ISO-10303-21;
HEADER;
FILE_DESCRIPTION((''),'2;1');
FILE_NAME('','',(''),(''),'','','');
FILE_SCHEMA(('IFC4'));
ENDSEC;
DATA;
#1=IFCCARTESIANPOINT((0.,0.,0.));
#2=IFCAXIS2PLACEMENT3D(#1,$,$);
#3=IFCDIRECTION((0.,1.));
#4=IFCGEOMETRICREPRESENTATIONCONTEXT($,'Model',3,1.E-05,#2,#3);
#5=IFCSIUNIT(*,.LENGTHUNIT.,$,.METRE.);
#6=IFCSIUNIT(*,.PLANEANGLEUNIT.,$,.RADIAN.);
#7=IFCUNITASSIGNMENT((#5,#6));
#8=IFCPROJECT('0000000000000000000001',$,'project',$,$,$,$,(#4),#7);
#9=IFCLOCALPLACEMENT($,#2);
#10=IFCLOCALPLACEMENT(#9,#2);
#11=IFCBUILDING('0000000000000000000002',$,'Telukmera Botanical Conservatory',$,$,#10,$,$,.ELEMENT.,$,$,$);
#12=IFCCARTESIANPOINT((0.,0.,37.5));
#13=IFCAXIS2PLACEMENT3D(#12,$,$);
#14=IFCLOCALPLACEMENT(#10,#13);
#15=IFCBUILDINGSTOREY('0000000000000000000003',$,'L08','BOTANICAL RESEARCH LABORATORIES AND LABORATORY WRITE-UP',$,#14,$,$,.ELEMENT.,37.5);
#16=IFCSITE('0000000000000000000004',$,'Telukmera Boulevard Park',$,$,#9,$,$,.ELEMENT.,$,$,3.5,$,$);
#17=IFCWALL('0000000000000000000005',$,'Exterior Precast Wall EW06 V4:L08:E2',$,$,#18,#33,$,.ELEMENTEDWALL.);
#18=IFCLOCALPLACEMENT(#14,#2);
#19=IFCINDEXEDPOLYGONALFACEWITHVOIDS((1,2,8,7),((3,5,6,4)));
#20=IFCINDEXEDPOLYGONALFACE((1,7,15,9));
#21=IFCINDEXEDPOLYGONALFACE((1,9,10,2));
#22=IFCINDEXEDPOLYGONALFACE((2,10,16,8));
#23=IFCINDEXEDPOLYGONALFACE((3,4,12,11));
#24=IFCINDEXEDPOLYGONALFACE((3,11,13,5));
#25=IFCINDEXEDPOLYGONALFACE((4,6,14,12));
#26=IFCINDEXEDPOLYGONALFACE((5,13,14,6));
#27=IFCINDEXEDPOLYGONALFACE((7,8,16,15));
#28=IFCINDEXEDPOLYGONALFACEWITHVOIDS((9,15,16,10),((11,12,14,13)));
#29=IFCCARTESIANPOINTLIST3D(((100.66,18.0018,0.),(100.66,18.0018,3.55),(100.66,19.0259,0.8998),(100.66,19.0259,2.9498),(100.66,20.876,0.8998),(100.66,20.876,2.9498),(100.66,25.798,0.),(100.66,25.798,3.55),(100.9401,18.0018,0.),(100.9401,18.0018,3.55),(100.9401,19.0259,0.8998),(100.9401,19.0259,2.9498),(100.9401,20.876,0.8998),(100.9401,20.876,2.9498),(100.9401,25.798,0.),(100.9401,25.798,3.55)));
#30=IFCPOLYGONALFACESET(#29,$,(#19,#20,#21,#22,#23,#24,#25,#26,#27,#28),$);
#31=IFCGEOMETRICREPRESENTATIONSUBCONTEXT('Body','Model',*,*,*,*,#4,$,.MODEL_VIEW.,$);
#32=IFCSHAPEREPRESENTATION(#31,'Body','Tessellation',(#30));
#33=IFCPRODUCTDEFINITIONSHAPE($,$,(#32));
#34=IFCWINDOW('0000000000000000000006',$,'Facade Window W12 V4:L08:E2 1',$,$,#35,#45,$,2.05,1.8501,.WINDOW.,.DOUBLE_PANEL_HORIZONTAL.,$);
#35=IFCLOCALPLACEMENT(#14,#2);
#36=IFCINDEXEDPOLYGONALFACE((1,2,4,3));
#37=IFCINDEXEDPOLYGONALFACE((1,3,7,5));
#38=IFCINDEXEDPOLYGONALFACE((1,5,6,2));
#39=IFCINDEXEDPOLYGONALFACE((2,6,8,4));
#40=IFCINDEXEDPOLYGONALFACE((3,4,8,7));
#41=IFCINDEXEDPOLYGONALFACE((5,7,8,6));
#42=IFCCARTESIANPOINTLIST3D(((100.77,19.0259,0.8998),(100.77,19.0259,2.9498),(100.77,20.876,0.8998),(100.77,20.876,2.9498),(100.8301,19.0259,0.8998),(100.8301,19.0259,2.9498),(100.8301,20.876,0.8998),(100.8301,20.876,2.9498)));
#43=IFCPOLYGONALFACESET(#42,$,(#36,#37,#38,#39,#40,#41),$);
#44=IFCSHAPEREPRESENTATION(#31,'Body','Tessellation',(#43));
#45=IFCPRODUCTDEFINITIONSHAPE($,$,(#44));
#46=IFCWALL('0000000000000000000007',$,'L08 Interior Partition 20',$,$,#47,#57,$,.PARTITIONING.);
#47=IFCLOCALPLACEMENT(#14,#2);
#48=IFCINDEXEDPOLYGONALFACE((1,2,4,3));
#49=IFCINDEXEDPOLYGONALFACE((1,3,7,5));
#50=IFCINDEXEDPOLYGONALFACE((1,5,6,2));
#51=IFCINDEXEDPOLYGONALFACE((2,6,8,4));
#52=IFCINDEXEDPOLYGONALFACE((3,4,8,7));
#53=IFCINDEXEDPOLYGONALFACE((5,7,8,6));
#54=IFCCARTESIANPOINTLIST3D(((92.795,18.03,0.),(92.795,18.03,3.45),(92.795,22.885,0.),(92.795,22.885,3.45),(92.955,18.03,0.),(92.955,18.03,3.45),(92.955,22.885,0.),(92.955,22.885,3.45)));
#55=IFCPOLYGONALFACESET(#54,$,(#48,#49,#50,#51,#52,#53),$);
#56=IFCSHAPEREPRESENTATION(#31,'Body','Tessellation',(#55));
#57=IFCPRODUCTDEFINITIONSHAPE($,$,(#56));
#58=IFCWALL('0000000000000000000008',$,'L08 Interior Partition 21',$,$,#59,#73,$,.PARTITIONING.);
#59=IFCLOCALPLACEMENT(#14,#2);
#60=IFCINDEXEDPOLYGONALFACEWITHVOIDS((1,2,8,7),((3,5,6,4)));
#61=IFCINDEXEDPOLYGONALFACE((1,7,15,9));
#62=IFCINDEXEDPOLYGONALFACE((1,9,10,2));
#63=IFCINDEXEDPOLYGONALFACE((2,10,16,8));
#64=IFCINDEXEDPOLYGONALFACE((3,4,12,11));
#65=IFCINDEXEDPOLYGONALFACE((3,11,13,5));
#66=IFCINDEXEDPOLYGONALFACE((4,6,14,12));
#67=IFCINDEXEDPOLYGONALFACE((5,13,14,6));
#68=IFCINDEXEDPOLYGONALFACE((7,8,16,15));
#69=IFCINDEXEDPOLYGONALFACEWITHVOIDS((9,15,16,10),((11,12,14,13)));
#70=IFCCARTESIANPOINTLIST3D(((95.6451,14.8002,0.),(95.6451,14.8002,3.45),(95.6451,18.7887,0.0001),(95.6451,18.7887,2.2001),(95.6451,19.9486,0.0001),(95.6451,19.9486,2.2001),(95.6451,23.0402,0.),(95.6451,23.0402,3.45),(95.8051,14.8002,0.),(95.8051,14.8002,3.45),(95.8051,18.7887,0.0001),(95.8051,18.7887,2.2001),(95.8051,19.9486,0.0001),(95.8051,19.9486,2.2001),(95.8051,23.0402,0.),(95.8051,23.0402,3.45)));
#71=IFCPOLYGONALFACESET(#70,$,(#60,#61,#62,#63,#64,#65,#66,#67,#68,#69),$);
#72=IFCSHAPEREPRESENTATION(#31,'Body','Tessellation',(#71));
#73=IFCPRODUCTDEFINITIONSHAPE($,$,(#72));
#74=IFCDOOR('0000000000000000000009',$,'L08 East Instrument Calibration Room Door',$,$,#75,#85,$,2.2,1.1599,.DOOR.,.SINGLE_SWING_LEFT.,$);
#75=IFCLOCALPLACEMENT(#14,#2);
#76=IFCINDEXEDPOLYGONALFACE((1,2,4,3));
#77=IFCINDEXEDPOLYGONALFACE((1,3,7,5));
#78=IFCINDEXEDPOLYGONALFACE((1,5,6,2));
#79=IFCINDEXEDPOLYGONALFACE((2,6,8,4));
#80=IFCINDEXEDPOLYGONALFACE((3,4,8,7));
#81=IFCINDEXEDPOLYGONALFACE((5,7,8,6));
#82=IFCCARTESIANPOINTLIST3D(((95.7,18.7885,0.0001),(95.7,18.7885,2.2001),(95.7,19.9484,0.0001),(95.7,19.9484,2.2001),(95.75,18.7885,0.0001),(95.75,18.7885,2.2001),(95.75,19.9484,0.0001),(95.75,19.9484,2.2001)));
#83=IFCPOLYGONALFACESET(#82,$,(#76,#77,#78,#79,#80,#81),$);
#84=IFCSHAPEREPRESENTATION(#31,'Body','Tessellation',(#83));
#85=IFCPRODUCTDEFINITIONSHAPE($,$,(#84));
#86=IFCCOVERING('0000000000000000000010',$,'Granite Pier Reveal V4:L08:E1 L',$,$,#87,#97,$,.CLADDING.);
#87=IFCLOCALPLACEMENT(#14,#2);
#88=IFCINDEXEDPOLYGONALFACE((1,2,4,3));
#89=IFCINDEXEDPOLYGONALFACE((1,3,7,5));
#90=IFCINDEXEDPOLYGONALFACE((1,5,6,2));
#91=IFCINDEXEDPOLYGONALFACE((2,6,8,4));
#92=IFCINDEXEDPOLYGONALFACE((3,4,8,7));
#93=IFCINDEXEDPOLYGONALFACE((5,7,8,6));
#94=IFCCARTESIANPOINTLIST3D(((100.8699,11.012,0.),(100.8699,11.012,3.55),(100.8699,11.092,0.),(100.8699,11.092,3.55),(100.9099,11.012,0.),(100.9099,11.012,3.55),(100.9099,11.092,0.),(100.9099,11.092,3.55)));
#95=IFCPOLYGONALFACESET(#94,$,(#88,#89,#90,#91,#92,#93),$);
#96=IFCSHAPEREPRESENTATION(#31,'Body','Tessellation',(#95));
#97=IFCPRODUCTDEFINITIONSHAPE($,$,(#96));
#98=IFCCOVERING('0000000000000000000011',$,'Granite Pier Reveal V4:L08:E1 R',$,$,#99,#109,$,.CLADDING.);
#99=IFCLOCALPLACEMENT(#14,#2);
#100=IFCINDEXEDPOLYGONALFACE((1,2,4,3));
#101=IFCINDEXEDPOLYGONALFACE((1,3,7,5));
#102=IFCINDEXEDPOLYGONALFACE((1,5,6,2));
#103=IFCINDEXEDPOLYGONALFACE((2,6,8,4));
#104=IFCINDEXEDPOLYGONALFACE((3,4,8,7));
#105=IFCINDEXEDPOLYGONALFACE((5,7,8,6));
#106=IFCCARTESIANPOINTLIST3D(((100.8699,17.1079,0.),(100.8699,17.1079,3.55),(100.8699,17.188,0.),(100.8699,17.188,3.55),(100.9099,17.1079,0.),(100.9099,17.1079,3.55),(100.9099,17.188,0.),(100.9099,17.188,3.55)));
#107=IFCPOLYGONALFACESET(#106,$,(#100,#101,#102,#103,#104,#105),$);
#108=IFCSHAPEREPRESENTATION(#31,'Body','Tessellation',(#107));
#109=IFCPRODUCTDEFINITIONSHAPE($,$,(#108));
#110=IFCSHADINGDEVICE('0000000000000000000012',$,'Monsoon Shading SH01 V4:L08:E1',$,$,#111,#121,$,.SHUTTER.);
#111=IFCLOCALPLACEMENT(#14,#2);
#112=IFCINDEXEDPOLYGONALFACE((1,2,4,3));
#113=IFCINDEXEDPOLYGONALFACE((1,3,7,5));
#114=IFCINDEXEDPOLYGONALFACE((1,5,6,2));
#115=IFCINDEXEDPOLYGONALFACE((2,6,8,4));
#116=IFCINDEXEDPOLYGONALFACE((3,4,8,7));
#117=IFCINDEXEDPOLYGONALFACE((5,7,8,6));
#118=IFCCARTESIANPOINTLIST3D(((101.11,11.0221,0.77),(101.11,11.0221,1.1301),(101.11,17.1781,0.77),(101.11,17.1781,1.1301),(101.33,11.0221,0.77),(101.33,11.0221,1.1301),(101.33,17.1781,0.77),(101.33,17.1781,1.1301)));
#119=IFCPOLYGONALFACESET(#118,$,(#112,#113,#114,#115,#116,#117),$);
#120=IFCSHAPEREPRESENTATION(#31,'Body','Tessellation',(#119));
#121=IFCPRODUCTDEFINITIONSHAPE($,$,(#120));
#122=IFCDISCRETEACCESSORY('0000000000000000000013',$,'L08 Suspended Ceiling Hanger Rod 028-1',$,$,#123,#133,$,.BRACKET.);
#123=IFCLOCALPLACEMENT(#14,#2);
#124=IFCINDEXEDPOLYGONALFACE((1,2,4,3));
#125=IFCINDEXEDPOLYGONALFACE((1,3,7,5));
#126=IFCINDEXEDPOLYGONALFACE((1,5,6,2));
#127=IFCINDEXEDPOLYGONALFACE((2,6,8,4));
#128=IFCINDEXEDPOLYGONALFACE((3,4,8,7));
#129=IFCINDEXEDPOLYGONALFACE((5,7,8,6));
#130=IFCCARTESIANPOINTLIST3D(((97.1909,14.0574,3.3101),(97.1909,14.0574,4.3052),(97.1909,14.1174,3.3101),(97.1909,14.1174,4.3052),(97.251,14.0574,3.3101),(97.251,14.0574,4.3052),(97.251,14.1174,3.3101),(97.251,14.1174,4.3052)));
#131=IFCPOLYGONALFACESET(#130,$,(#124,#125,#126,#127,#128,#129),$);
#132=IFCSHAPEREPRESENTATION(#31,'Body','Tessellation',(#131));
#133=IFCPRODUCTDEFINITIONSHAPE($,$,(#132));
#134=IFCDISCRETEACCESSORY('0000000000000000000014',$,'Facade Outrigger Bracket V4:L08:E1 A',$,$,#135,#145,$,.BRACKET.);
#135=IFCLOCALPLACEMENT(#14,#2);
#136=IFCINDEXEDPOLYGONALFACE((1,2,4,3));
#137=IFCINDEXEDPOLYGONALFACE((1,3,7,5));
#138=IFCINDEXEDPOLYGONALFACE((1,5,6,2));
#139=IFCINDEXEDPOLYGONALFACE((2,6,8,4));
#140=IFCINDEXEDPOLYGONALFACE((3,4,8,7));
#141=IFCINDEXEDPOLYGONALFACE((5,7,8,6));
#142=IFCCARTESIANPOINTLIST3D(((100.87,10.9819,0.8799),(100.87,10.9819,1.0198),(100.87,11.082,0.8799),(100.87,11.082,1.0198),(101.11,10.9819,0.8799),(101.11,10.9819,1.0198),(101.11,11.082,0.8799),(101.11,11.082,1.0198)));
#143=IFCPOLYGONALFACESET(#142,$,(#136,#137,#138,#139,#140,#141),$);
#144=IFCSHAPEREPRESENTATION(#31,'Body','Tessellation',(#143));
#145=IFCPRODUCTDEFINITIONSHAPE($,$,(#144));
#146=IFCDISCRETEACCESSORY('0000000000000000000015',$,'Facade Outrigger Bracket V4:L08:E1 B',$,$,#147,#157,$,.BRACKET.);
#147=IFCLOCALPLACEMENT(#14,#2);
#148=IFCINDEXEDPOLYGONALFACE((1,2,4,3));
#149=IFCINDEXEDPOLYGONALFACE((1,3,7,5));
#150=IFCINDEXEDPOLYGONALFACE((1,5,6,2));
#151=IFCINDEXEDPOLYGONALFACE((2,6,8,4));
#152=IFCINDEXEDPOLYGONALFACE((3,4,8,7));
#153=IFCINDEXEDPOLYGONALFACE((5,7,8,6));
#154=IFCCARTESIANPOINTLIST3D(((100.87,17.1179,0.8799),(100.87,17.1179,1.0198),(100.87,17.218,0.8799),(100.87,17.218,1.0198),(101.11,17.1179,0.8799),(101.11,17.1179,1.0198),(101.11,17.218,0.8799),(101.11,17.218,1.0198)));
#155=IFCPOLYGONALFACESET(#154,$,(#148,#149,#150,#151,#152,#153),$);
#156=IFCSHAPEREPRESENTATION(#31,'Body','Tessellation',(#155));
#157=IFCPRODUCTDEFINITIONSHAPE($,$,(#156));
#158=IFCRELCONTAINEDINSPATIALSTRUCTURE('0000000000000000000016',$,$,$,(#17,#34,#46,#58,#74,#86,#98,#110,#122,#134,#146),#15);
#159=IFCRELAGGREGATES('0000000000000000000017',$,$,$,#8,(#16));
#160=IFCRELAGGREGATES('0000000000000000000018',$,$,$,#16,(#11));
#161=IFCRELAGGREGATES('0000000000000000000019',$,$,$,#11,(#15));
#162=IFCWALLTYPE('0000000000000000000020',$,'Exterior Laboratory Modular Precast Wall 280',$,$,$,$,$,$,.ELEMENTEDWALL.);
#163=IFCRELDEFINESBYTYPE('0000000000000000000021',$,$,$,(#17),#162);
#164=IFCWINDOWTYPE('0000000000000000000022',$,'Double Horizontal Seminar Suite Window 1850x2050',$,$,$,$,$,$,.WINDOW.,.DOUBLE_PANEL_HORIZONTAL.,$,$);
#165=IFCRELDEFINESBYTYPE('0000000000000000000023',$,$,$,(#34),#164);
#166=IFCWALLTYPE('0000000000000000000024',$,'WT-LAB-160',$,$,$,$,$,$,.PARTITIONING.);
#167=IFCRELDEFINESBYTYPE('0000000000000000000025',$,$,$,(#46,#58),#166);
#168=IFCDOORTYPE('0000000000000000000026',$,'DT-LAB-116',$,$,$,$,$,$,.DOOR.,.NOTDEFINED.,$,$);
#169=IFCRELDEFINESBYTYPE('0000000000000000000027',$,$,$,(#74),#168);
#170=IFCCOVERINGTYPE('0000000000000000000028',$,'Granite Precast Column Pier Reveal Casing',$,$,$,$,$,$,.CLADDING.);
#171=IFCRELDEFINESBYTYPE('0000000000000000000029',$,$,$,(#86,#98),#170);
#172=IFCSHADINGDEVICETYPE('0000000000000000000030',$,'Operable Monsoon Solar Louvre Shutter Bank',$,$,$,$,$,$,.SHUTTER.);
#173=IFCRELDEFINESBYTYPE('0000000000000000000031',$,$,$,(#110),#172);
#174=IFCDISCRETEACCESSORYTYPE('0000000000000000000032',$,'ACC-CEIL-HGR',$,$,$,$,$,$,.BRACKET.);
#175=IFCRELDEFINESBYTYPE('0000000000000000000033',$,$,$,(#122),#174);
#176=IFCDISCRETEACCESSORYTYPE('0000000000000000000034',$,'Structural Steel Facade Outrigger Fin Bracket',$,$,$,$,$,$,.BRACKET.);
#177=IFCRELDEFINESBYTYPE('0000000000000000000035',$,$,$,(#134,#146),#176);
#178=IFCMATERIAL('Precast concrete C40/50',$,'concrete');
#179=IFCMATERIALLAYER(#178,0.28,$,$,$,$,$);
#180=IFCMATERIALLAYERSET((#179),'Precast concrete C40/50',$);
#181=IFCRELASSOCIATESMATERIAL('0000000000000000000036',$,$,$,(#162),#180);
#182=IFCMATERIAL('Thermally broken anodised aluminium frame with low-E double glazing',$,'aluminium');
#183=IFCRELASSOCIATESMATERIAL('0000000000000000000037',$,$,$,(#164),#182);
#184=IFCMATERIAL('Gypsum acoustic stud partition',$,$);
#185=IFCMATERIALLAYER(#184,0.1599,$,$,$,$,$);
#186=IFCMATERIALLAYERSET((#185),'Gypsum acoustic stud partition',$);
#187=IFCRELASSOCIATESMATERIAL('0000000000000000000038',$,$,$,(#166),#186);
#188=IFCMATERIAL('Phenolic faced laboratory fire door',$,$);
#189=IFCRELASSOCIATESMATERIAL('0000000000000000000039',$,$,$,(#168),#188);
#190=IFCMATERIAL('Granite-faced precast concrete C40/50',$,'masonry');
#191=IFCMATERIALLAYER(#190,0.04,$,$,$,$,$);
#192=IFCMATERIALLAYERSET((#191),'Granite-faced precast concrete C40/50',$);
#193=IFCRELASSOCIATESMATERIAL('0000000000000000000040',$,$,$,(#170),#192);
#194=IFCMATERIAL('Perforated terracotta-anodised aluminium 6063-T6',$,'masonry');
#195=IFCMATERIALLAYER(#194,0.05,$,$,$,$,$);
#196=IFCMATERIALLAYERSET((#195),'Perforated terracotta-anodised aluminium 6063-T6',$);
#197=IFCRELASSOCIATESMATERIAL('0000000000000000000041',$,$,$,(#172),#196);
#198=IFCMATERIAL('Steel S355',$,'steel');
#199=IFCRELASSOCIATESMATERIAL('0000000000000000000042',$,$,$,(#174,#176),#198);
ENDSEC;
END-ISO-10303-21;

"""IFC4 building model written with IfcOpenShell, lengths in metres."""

from ifc_helpers import new_model, si_unit, direction, frame, frame_2d, origin, origin_2d, place, context, subcontext, project, spatial, rectangle, extrude, material, layer, layer_set, type_object, element, fill, save


model = new_model("IFC4")

# Units and contexts
model_context = context("Model", 3, precision=1e-05, world=origin(), true_north=direction((0.0, 1.0)))
body_context = subcontext(model_context, "Body", "Model", "MODEL_VIEW")
ifc_project = project(units=[si_unit("LENGTHUNIT", "METRE"), si_unit("PLANEANGLEUNIT", "RADIAN")], contexts=[model_context])

# Site, building, storey
site_placement = place(None, origin())
site = spatial("IfcSite", under=ifc_project, at=site_placement, Name="Telukmera Boulevard Park", CompositionType="ELEMENT", RefElevation=3.5)
building_placement = place(site_placement, origin())
building = spatial("IfcBuilding", under=site, at=building_placement, Name="Telukmera Botanical Conservatory", CompositionType="ELEMENT")
storey_placement = place(building_placement, frame((0.0, 0.0, 37.5)))
storey = spatial("IfcBuildingStorey", under=building, at=storey_placement, Name="L08", Description="BOTANICAL RESEARCH LABORATORIES AND LABORATORY WRITE-UP", CompositionType="ELEMENT", Elevation=37.5)

# Shared definitions
ifc_material_1 = material(Name="Precast concrete C40/50", Category="concrete")

# Wall, opening, window
ifc_layer_1 = layer(ifc_material_1, 0.28)
ifc_layer_set_1 = layer_set([ifc_layer_1], Name="Precast concrete C40/50")
wall_type_1 = type_object("IfcWallType", Name="Exterior Laboratory Modular Precast Wall 280", PredefinedType="ELEMENTEDWALL", material=ifc_layer_set_1)
wall_1_placement = place(storey_placement, frame((100.8, 18.002, 0.0), z_axis=(0.0, 0.0, 1.0), x_axis=(0.0, 1.0, 0.0)))
wall_1 = element("IfcWall", 1, at=wall_1_placement, inside=storey, type_object=wall_type_1, Name="Exterior Precast Wall EW06 V4:L08:E2", PredefinedType="ELEMENTEDWALL", context=body_context, shape_type="SweptSolid", body=[
    extrude(rectangle(XDim=7.7961, YDim=0.28, at=frame_2d((3.8979, 0.0))), origin(), (0.0, 0.0, 1.0), 3.55),
])
opening_1_placement = place(wall_1_placement, frame((1.0239, 0.0, 0.8999)))
opening_1 = element("IfcOpeningElement", 2, at=opening_1_placement, cuts=wall_1, PredefinedType="OPENING", context=body_context, shape_type="SweptSolid", body=[
    extrude(rectangle(XDim=1.8501, YDim=2.05, at=frame_2d((0.925, 1.0249))), frame((0.0, 0.1499, 0.0), z_axis=(0.0, -1.0, 0.0), x_axis=(1.0, 0.0, 0.0)), (0.0, 0.0, 1.0), 0.3),
])
ifc_material_2 = material(Name="Thermally broken anodised aluminium frame with low-E double glazing", Category="aluminium")
window_type = type_object("IfcWindowType", Name="Double Horizontal Seminar Suite Window 1850x2050", PartitioningType="DOUBLE_PANEL_HORIZONTAL", PredefinedType="WINDOW", material=ifc_material_2)
window_placement = place(opening_1_placement, origin())
window = element("IfcWindow", 3, at=window_placement, inside=storey, type_object=window_type, Name="Facade Window W12 V4:L08:E2 1", OverallHeight=2.05, OverallWidth=1.8501, PartitioningType="DOUBLE_PANEL_HORIZONTAL", PredefinedType="WINDOW", context=body_context, shape_type="SweptSolid", body=[
    extrude(rectangle(XDim=1.8501, YDim=2.05, at=frame_2d((0.925, 1.0249))), frame((0.0, 0.03, 0.0), z_axis=(0.0, -1.0, 0.0), x_axis=(1.0, 0.0, 0.0)), (0.0, 0.0, 1.0), 0.0601),
])
fill(opening_1, window)

# Wall
ifc_material_3 = material(Name="Gypsum acoustic stud partition")
ifc_layer_2 = layer(ifc_material_3, 0.1599)
ifc_layer_set_2 = layer_set([ifc_layer_2], Name="Gypsum acoustic stud partition")
wall_type_2 = type_object("IfcWallType", Name="WT-LAB-160", PredefinedType="PARTITIONING", material=ifc_layer_set_2)
wall_2_placement = place(storey_placement, frame((92.875, 18.03, 0.0), z_axis=(0.0, 0.0, 1.0), x_axis=(0.0, 1.0, 0.0)))
element("IfcWall", 4, at=wall_2_placement, inside=storey, type_object=wall_type_2, Name="L08 Interior Partition 20", PredefinedType="PARTITIONING", context=body_context, shape_type="SweptSolid", body=[
    extrude(rectangle(XDim=4.855, YDim=0.1599, at=frame_2d((2.4275, 0.0))), origin(), (0.0, 0.0, 1.0), 3.45),
])

# Wall, opening, door
wall_3_placement = place(storey_placement, frame((95.7251, 14.8, 0.0), z_axis=(0.0, 0.0, 1.0), x_axis=(0.0, 1.0, 0.0)))
wall_3 = element("IfcWall", 5, at=wall_3_placement, inside=storey, type_object=wall_type_2, Name="L08 Interior Partition 21", PredefinedType="PARTITIONING", context=body_context, shape_type="SweptSolid", body=[
    extrude(rectangle(XDim=8.24, YDim=0.1599, at=frame_2d((4.1201, 0.0))), origin(), (0.0, 0.0, 1.0), 3.45),
])
opening_2_placement = place(wall_3_placement, frame((3.9885, 0.0, 0.0)))
opening_2 = element("IfcOpeningElement", 6, at=opening_2_placement, cuts=wall_3, PredefinedType="OPENING", context=body_context, shape_type="SweptSolid", body=[
    extrude(rectangle(XDim=1.1599, YDim=2.2, at=frame_2d((0.5801, 1.1001))), frame((0.0, 0.0898, 0.0), z_axis=(0.0, -1.0, 0.0), x_axis=(1.0, 0.0, 0.0)), (0.0, 0.0, 1.0), 0.1799),
])
ifc_material_4 = material(Name="Phenolic faced laboratory fire door")
door_type = type_object("IfcDoorType", Name="DT-LAB-116", OperationType="NOTDEFINED", PredefinedType="DOOR", material=ifc_material_4)
door_placement = place(opening_2_placement, frame((1.1599, 0.0, 0.0), z_axis=(0.0, 0.0, 1.0), x_axis=(-1.0, 0.0, 0.0)))
door = element("IfcDoor", 7, at=door_placement, inside=storey, type_object=door_type, Name="L08 East Instrument Calibration Room Door", OperationType="SINGLE_SWING_LEFT", OverallHeight=2.2, OverallWidth=1.1599, PredefinedType="DOOR", context=body_context, shape_type="SweptSolid", body=[
    extrude(rectangle(XDim=1.1599, YDim=2.2, at=frame_2d((0.5801, 1.1001))), frame((0.0, 0.0249, 0.0), z_axis=(0.0, -1.0, 0.0), x_axis=(1.0, 0.0, 0.0)), (0.0, 0.0, 1.0), 0.05),
])
fill(opening_2, door)

# Coverings
ifc_material_5 = material(Name="Granite-faced precast concrete C40/50", Category="masonry")
ifc_layer_3 = layer(ifc_material_5, 0.04)
ifc_layer_set_3 = layer_set([ifc_layer_3], Name="Granite-faced precast concrete C40/50")
covering_type = type_object("IfcCoveringType", Name="Granite Precast Column Pier Reveal Casing", PredefinedType="CLADDING", material=ifc_layer_set_3)
for number, where, z_axis, x_axis, name in (
    (8, (100.8899, 11.052, 0.0), (0.0, 0.0, 1.0), (0.0, 1.0, 0.0), "Granite Pier Reveal V4:L08:E1 L"),
    (9, (100.8899, 17.1479, 0.0), (0.0, 0.0, 1.0), (0.0, 1.0, 0.0), "Granite Pier Reveal V4:L08:E1 R"),
):
    element("IfcCovering", number, at=place(storey_placement, frame(where, z_axis=z_axis, x_axis=x_axis)), inside=storey, type_object=covering_type, Name=name, PredefinedType="CLADDING", context=body_context, shape_type="SweptSolid", body=[
        extrude(rectangle(XDim=0.0801, YDim=0.04, at=origin_2d()), origin(), (0.0, 0.0, 1.0), 3.55),
    ])

# Shading device
ifc_material_6 = material(Name="Perforated terracotta-anodised aluminium 6063-T6", Category="masonry")
ifc_layer_4 = layer(ifc_material_6, 0.05)
ifc_layer_set_4 = layer_set([ifc_layer_4], Name="Perforated terracotta-anodised aluminium 6063-T6")
shading_device_type = type_object("IfcShadingDeviceType", Name="Operable Monsoon Solar Louvre Shutter Bank", PredefinedType="SHUTTER", material=ifc_layer_set_4)
shading_device_placement = place(storey_placement, frame((101.22, 14.1001, 0.77), z_axis=(0.0, 0.0, 1.0), x_axis=(0.0, 1.0, 0.0)))
element("IfcShadingDevice", 10, at=shading_device_placement, inside=storey, type_object=shading_device_type, Name="Monsoon Shading SH01 V4:L08:E1", PredefinedType="SHUTTER", context=body_context, shape_type="SweptSolid", body=[
    extrude(rectangle(XDim=6.156, YDim=0.22, at=origin_2d()), origin(), (0.0, 0.0, 1.0), 0.3601),
])

# Discrete accessories
ifc_material_7 = material(Name="Steel S355", Category="steel")
discrete_accessory_type_1 = type_object("IfcDiscreteAccessoryType", Name="ACC-CEIL-HGR", PredefinedType="BRACKET", material=ifc_material_7)
discrete_accessory_placement = place(storey_placement, frame((97.2209, 14.0874, 3.3101), z_axis=(0.0, 0.0, 1.0), x_axis=(1.0, 0.0, 0.0)))
element("IfcDiscreteAccessory", 11, at=discrete_accessory_placement, inside=storey, type_object=discrete_accessory_type_1, Name="L08 Suspended Ceiling Hanger Rod 028-1", PredefinedType="BRACKET", context=body_context, shape_type="SweptSolid", body=[
    extrude(rectangle(XDim=0.0601, YDim=0.0601, at=origin_2d()), origin(), (0.0, 0.0, 1.0), 0.9951),
])
discrete_accessory_type_2 = type_object("IfcDiscreteAccessoryType", Name="Structural Steel Facade Outrigger Fin Bracket", PredefinedType="BRACKET", material=ifc_material_7)
for number, where, z_axis, x_axis, name in (
    (12, (100.99, 11.032, 0.8799), (0.0, 0.0, 1.0), (0.0, 1.0, 0.0), "Facade Outrigger Bracket V4:L08:E1 A"),
    (13, (100.99, 17.168, 0.8799), (0.0, 0.0, 1.0), (0.0, 1.0, 0.0), "Facade Outrigger Bracket V4:L08:E1 B"),
):
    element("IfcDiscreteAccessory", number, at=place(storey_placement, frame(where, z_axis=z_axis, x_axis=x_axis)), inside=storey, type_object=discrete_accessory_type_2, Name=name, PredefinedType="BRACKET", context=body_context, shape_type="SweptSolid", body=[
        extrude(rectangle(XDim=0.1001, YDim=0.24, at=origin_2d()), origin(), (0.0, 0.0, 1.0), 0.1399),
    ])

save(model, "model.ifc")
